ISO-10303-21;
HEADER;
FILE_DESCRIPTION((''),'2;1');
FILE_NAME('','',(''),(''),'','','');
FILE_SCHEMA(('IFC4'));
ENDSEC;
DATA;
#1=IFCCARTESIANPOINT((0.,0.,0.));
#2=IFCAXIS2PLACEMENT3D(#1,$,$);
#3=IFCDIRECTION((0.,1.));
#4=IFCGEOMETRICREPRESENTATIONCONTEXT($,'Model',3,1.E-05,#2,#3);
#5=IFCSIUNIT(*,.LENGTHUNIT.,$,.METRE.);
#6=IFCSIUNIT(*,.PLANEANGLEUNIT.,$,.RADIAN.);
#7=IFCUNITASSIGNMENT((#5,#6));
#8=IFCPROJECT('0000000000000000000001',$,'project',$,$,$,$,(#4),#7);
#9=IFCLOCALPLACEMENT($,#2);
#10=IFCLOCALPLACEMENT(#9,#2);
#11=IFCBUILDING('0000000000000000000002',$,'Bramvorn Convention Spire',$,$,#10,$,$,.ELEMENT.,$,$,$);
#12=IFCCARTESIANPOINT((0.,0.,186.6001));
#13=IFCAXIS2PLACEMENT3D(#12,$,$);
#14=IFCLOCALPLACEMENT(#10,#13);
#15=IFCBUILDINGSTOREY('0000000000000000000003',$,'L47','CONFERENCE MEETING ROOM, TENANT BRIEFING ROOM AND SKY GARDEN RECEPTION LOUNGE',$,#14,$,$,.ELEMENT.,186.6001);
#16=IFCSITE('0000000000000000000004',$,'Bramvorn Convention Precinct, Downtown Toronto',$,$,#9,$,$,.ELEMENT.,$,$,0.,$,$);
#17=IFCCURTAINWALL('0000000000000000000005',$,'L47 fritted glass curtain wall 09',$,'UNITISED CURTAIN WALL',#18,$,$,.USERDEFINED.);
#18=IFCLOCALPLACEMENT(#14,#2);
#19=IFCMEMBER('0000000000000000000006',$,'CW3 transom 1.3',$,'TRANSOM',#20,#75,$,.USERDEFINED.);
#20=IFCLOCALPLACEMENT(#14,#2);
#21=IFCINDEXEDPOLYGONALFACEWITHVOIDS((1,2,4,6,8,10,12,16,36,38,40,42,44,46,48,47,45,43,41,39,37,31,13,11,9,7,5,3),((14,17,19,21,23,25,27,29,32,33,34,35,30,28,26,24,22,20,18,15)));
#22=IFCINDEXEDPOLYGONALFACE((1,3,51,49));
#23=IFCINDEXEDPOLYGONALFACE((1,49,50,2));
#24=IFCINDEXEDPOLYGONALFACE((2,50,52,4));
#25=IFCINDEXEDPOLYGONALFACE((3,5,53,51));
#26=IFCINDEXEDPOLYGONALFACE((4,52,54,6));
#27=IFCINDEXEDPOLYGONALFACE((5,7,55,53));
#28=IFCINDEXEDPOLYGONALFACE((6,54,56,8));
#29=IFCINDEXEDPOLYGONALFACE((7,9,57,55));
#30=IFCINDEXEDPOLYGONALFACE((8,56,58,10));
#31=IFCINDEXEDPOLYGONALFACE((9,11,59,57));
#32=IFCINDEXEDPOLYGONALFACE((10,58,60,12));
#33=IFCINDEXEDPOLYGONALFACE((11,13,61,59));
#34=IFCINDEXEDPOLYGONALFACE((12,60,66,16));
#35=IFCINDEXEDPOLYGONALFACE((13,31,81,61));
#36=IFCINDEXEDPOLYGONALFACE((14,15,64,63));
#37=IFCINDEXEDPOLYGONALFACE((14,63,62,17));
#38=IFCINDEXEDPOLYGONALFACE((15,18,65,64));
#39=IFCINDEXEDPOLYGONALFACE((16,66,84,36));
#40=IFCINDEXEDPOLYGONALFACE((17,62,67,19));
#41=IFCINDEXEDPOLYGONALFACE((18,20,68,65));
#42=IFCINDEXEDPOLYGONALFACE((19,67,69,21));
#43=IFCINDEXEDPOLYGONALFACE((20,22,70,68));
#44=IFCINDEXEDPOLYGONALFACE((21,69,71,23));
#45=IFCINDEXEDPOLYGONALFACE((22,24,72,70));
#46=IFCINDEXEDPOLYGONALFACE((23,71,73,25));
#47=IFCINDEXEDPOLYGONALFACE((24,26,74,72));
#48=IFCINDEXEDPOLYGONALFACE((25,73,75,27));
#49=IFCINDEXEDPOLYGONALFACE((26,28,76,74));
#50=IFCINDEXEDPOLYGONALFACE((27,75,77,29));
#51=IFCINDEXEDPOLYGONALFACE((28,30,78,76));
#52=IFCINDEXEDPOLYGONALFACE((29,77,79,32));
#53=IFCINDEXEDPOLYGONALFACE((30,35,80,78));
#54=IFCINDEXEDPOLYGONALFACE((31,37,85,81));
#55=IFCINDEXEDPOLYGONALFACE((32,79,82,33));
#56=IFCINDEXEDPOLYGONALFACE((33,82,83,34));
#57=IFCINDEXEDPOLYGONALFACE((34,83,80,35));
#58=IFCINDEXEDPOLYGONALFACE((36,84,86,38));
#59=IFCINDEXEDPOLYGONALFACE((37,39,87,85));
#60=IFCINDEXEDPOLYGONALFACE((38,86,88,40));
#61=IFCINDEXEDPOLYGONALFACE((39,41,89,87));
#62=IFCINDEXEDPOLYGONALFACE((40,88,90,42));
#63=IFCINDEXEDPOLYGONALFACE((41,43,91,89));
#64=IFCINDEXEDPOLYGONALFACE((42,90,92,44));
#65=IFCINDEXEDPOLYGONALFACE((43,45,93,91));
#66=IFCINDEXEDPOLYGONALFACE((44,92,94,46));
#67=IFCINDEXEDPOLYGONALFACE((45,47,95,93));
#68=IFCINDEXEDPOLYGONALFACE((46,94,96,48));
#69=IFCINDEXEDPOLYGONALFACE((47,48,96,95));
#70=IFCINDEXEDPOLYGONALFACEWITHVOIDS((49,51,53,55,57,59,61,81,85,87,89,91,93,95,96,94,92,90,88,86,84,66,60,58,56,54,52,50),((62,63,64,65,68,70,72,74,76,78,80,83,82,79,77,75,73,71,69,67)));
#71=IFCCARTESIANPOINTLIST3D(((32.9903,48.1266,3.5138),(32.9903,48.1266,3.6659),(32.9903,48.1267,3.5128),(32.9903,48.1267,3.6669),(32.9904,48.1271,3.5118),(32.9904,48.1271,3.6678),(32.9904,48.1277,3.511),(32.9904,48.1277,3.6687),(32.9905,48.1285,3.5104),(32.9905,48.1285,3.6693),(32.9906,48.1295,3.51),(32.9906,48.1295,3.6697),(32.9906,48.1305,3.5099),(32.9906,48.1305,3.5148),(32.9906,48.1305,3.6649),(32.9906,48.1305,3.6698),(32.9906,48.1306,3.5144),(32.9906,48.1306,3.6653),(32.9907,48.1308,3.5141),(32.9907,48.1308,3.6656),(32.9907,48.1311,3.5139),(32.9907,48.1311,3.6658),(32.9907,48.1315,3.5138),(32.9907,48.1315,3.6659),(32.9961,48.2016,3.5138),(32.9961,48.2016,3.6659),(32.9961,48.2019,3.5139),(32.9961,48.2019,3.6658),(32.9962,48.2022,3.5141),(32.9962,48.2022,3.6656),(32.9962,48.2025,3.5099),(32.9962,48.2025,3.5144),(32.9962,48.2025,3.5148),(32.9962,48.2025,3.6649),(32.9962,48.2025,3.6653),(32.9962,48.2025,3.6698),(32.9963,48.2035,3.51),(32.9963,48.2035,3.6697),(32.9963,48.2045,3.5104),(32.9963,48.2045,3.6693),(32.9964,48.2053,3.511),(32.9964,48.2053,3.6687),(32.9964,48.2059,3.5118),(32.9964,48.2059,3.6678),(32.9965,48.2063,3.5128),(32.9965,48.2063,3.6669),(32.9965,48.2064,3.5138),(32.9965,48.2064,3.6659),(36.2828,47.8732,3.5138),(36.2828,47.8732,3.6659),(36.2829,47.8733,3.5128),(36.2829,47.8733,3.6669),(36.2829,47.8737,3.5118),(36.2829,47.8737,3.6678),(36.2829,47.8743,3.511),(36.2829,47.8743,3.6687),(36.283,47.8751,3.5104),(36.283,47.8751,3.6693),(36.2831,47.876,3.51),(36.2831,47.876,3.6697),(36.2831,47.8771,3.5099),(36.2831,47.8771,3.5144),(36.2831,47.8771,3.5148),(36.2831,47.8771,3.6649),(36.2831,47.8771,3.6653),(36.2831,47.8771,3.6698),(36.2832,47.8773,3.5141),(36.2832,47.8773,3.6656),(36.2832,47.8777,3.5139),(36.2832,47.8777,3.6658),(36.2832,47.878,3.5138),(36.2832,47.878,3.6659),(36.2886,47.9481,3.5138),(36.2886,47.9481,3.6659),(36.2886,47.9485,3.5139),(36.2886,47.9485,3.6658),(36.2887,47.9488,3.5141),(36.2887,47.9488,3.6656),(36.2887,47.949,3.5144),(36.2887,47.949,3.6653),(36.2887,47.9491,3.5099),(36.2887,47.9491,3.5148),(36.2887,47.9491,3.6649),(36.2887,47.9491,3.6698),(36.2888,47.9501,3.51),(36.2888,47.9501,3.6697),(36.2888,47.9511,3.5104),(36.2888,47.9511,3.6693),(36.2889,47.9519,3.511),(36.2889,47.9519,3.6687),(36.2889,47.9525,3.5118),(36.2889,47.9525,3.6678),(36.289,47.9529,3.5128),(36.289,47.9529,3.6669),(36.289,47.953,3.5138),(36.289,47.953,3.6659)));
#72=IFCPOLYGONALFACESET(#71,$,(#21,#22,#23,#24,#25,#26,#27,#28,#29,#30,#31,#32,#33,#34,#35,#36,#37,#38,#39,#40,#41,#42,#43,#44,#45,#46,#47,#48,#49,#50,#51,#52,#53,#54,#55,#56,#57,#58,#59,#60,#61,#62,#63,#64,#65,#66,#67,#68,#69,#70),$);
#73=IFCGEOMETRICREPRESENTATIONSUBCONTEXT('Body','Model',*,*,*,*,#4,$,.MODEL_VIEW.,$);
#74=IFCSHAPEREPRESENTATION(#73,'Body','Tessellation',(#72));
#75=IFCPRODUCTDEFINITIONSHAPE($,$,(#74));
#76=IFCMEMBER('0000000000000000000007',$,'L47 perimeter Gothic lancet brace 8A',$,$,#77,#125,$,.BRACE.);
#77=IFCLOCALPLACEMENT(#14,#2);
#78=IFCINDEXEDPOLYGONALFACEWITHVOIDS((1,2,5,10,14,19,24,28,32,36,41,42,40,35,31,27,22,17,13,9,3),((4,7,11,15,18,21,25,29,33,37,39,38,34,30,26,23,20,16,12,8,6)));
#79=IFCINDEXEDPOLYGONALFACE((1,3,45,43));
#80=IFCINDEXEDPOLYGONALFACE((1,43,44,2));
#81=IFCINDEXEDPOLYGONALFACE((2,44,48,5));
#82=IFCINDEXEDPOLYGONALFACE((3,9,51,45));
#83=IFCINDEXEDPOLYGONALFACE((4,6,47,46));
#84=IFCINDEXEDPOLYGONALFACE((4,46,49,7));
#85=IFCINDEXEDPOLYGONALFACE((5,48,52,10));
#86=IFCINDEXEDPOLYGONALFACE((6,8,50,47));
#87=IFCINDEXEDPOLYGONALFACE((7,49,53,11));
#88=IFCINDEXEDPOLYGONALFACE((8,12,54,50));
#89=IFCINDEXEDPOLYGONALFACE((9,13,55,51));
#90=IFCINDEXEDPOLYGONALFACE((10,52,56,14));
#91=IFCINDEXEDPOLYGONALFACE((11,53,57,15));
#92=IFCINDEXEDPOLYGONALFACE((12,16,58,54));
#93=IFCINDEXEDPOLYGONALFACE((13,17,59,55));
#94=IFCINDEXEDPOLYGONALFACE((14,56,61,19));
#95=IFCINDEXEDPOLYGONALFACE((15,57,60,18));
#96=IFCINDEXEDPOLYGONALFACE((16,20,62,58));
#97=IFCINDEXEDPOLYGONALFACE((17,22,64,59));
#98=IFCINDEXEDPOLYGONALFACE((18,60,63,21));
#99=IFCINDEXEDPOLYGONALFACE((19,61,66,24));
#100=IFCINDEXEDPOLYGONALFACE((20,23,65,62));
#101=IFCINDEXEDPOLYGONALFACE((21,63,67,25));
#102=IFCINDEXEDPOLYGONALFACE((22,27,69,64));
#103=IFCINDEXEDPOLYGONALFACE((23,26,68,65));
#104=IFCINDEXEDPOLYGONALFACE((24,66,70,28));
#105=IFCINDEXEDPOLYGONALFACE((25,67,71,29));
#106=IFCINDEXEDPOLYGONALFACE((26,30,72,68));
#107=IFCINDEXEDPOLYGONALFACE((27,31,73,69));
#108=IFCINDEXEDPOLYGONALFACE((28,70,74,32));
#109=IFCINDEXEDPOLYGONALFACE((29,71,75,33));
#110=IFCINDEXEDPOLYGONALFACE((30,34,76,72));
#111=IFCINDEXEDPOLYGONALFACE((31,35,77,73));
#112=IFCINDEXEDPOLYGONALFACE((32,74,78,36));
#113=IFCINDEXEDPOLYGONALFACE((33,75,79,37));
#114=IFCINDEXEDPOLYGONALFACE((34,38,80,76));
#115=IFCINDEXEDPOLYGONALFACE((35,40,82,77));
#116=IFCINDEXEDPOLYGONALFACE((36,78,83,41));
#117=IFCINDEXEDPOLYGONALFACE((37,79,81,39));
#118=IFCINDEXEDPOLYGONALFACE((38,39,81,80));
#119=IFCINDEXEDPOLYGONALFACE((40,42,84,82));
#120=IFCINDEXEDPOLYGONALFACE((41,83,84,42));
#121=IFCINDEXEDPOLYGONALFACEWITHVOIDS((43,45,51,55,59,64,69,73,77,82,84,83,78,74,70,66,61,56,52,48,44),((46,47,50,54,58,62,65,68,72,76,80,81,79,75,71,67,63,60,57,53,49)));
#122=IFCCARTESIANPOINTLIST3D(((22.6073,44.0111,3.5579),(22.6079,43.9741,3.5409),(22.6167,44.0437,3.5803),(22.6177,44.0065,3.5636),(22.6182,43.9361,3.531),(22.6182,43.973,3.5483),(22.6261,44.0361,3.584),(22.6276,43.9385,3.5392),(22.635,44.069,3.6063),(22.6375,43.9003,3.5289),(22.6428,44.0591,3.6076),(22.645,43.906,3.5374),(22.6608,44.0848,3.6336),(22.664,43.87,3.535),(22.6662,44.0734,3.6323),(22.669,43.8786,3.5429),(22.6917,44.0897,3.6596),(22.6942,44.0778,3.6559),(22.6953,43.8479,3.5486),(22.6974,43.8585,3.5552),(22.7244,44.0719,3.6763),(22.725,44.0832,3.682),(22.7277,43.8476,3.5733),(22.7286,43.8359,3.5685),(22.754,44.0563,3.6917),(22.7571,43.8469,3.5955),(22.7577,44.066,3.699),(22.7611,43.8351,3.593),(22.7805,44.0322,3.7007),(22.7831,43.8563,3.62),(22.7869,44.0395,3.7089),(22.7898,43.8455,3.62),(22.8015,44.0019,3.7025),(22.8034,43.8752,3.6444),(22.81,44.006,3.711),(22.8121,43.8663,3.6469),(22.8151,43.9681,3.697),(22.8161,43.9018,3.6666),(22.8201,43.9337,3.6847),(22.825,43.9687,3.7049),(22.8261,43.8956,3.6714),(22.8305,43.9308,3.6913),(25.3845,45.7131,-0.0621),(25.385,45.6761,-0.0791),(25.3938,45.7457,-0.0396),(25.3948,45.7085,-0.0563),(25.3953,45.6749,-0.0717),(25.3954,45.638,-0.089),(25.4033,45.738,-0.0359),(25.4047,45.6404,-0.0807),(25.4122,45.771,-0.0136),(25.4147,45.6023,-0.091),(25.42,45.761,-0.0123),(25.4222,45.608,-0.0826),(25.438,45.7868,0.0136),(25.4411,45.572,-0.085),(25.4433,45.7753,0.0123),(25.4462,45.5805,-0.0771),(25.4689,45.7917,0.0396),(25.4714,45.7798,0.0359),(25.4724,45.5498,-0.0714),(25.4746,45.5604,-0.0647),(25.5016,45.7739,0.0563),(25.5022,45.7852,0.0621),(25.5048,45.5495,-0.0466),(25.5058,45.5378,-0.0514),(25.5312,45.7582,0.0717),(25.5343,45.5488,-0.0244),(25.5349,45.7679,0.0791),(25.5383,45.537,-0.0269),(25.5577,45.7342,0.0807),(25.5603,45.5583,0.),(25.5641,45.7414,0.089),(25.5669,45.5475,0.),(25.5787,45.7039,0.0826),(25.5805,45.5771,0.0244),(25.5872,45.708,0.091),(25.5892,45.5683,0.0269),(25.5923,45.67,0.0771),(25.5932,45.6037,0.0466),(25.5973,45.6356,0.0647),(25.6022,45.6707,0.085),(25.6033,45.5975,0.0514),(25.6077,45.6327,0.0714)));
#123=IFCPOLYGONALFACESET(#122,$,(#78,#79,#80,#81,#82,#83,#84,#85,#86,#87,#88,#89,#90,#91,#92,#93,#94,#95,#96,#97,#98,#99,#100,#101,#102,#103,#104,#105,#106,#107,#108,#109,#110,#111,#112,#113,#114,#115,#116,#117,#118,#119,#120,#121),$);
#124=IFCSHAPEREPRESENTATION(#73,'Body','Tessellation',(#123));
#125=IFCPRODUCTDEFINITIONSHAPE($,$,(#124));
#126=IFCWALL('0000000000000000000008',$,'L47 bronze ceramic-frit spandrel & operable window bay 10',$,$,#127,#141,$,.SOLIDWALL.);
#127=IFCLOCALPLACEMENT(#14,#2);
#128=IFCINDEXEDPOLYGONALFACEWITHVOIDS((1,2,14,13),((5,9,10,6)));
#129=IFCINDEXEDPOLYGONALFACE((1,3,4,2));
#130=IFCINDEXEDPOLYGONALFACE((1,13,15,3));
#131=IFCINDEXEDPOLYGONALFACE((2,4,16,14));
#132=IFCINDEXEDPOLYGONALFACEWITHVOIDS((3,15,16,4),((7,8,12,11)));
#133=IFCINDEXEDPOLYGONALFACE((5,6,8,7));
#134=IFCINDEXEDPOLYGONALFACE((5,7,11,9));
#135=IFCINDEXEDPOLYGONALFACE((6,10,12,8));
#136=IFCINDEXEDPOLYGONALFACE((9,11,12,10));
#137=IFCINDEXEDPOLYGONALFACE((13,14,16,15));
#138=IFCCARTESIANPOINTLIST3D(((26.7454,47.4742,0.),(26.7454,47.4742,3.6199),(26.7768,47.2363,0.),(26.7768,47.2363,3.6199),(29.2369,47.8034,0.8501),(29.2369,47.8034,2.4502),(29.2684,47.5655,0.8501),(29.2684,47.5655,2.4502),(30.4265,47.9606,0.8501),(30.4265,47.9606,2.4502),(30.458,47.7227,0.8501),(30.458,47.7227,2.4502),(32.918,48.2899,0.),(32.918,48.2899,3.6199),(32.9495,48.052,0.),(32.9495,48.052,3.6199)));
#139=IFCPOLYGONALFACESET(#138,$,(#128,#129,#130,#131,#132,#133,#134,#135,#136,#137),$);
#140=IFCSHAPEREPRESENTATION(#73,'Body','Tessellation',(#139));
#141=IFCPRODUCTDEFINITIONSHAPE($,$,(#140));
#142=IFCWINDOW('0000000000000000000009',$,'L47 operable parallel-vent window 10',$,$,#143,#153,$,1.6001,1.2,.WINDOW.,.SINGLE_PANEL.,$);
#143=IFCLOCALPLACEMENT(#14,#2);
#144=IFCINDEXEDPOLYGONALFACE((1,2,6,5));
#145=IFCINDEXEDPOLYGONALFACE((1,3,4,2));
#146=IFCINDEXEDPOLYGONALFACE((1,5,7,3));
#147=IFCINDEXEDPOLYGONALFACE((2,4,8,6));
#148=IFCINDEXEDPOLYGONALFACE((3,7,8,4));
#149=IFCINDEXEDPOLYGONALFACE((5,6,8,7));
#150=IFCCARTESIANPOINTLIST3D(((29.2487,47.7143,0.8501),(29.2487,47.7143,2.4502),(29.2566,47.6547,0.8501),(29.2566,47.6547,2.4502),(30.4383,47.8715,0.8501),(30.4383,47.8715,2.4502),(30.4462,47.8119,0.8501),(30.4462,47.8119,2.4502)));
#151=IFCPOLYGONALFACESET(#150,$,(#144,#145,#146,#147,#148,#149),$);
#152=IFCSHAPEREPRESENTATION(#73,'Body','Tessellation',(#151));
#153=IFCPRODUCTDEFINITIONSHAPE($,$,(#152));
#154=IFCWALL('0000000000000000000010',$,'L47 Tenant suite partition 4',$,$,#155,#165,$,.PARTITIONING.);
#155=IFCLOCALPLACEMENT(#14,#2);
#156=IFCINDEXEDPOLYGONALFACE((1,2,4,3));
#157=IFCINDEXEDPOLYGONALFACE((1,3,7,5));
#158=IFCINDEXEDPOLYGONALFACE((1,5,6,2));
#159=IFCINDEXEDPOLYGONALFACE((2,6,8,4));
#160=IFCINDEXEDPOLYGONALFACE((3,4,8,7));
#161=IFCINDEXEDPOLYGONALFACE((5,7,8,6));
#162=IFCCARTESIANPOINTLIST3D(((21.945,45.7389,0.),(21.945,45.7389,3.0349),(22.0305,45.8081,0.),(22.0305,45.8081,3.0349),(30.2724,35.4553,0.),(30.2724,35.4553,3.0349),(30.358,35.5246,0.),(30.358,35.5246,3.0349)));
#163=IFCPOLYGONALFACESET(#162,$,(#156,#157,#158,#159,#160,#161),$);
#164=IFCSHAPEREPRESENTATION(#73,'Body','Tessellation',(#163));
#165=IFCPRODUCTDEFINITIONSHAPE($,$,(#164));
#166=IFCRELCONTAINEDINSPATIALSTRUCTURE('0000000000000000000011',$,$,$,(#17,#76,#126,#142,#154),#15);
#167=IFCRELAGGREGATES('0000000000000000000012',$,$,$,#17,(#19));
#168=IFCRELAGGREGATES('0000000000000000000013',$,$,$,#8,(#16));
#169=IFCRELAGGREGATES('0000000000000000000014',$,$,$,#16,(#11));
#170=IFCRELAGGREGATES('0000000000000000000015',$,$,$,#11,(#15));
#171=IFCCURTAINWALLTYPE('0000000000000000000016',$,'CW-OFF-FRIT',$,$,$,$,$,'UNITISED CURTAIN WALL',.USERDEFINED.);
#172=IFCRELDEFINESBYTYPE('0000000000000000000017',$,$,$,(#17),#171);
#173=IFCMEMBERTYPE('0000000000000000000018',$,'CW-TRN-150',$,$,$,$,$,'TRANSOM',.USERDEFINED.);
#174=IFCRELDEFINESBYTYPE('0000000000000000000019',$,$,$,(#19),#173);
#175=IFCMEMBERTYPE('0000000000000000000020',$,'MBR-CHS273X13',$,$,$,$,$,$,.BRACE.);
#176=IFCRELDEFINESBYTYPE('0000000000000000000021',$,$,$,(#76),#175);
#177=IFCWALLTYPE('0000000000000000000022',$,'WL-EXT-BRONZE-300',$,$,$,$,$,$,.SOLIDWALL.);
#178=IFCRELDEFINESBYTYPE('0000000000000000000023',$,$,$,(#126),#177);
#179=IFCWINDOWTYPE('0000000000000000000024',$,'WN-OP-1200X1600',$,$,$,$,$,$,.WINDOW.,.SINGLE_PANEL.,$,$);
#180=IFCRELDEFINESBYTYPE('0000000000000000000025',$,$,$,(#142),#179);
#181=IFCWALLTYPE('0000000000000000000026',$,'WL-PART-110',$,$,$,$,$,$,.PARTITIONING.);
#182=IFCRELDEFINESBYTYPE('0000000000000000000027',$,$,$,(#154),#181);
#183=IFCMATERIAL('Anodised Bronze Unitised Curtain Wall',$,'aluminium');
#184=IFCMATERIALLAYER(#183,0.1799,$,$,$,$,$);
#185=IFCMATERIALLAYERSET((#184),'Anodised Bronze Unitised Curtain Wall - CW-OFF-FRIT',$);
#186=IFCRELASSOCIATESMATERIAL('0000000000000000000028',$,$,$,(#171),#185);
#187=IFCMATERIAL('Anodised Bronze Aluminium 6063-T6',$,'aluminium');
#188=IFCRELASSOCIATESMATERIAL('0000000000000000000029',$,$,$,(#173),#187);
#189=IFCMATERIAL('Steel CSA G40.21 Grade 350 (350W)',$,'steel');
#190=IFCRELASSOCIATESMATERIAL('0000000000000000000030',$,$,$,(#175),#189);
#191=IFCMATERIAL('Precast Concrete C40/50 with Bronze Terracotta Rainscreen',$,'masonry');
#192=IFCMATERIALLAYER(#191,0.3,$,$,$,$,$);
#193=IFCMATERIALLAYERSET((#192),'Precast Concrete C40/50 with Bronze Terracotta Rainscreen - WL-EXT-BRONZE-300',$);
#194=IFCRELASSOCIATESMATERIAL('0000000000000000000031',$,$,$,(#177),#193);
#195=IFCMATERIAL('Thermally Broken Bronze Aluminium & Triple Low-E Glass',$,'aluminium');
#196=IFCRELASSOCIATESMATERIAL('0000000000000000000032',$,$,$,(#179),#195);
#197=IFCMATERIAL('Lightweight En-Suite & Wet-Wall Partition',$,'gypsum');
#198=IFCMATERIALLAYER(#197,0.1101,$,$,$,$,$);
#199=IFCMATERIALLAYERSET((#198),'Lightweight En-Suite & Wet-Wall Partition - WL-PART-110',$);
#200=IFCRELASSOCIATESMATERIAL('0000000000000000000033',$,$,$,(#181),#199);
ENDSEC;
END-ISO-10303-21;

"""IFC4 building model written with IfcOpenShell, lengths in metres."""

from ifc_helpers import new_model, si_unit, direction, frame, frame_2d, origin, origin_2d, place, context, subcontext, project, spatial, rectangle, hollow_rectangle, hollow_circle, extrude, material, layer, layer_set, material_profile, profile_set, type_object, element, fill, aggregate, save


model = new_model("IFC4")

# Units and contexts
model_context = context("Model", 3, precision=1e-05, world=origin(), true_north=direction((0.0, 1.0)))
body_context = subcontext(model_context, "Body", "Model", "MODEL_VIEW")
ifc_project = project(units=[si_unit("LENGTHUNIT", "METRE"), si_unit("PLANEANGLEUNIT", "RADIAN")], contexts=[model_context])

# Site, building, storey
site_placement = place(None, origin())
site = spatial("IfcSite", under=ifc_project, at=site_placement, Name="Bramvorn Convention Precinct, Downtown Toronto", CompositionType="ELEMENT", RefElevation=0.0)
building_placement = place(site_placement, origin())
building = spatial("IfcBuilding", under=site, at=building_placement, Name="Bramvorn Convention Spire", CompositionType="ELEMENT")
storey_placement = place(building_placement, frame((0.0, 0.0, 186.6001)))
storey = spatial("IfcBuildingStorey", under=building, at=storey_placement, Name="L47", Description="CONFERENCE MEETING ROOM, TENANT BRIEFING ROOM AND SKY GARDEN RECEPTION LOUNGE", CompositionType="ELEMENT", Elevation=186.6001)

# Shared definitions
ifc_material_1 = material(Name="Steel CSA G40.21 Grade 350 (350W)", Category="steel")

# Curtain wall, member
ifc_material_2 = material(Name="Anodised Bronze Unitised Curtain Wall", Category="aluminium")
ifc_layer_1 = layer(ifc_material_2, 0.1799)
ifc_layer_set_1 = layer_set([ifc_layer_1], Name="Anodised Bronze Unitised Curtain Wall - CW-OFF-FRIT")
curtain_wall_type = type_object("IfcCurtainWallType", Name="CW-OFF-FRIT", ElementType="UNITISED CURTAIN WALL", PredefinedType="USERDEFINED", material=ifc_layer_set_1)
curtain_wall_placement = place(storey_placement, origin())
curtain_wall = element("IfcCurtainWall", 1, at=curtain_wall_placement, inside=storey, type_object=curtain_wall_type, Name="L47 fritted glass curtain wall 09", ObjectType="UNITISED CURTAIN WALL", PredefinedType="USERDEFINED")
ifc_material_3 = material(Name="Anodised Bronze Aluminium 6063-T6", Category="aluminium")
ifc_material_profile_1 = material_profile(ifc_material_3, hollow_rectangle(XDim=0.0801, YDim=0.1599, WallThickness=0.0039, InnerFilletRadius=0.001, OuterFilletRadius=0.0039, at=origin_2d()))
ifc_profile_set_1 = profile_set([ifc_material_profile_1], Name="Anodised Bronze Aluminium 6063-T6 - CWT80X160")
member_type_1 = type_object("IfcMemberType", Name="CW-TRN-150", ElementType="TRANSOM", PredefinedType="USERDEFINED", material=ifc_profile_set_1)
member_1_placement = place(storey_placement, frame((32.9934, 48.1665, 3.5898), z_axis=(0.997051, -0.076742, 0.0), x_axis=(0.076742, 0.997051, 0.0)))
member_1 = element("IfcMember", 2, at=member_1_placement, type_object=member_type_1, Name="CW3 transom 1.3", ObjectType="TRANSOM", PredefinedType="USERDEFINED", context=body_context, shape_type="SweptSolid", body=[
    extrude(hollow_rectangle(XDim=0.0801, YDim=0.1599, WallThickness=0.0039, InnerFilletRadius=0.001, OuterFilletRadius=0.0039, at=origin_2d()), origin(), (0.0, 0.0, 1.0), 3.3022),
])
aggregate(curtain_wall, [member_1])

# Member
ifc_material_profile_2 = material_profile(ifc_material_1, hollow_circle(Radius=0.1365, WallThickness=0.0127, at=origin_2d()))
ifc_profile_set_2 = profile_set([ifc_material_profile_2], Name="Steel CSA G40.21 Grade 350 (350W) - CHS273X13")
member_type_2 = type_object("IfcMemberType", Name="MBR-CHS273X13", PredefinedType="BRACE", material=ifc_profile_set_2)
member_2_placement = place(storey_placement, frame((25.4956, 45.6638, 0.0), z_axis=(-0.570302, -0.349501, 0.743373), x_axis=(0.52252, -0.852627, 0.0)))
element("IfcMember", 3, at=member_2_placement, inside=storey, type_object=member_type_2, Name="L47 perimeter Gothic lancet brace 8A", PredefinedType="BRACE", context=body_context, shape_type="SweptSolid", body=[
    extrude(hollow_circle(Radius=0.1365, WallThickness=0.0127, at=origin_2d()), origin(), (0.0, 0.0, 1.0), 4.8696),
])

# Wall, opening, window
ifc_material_4 = material(Name="Precast Concrete C40/50 with Bronze Terracotta Rainscreen", Category="masonry")
ifc_layer_2 = layer(ifc_material_4, 0.3)
ifc_layer_set_2 = layer_set([ifc_layer_2], Name="Precast Concrete C40/50 with Bronze Terracotta Rainscreen - WL-EXT-BRONZE-300")
wall_type_1 = type_object("IfcWallType", Name="WL-EXT-BRONZE-300", PredefinedType="SOLIDWALL", material=ifc_layer_set_2)
wall_1_placement = place(storey_placement, frame((26.761, 47.3552, 0.0), z_axis=(0.0, 0.0, 1.0), x_axis=(0.991382, 0.131005, 0.0)))
wall_1 = element("IfcWall", 4, at=wall_1_placement, inside=storey, type_object=wall_type_1, Name="L47 bronze ceramic-frit spandrel & operable window bay 10", PredefinedType="SOLIDWALL", context=body_context, shape_type="SweptSolid", body=[
    extrude(rectangle(XDim=6.2263, YDim=0.24, at=frame_2d((3.1133, 0.0))), origin(), (0.0, 0.0, 1.0), 3.6199),
])
opening_1_placement = place(wall_1_placement, frame((2.5132, 0.0, 0.8501)))
opening_1 = element("IfcOpeningElement", 5, at=opening_1_placement, cuts=wall_1, PredefinedType="OPENING", context=body_context, shape_type="SweptSolid", body=[
    extrude(rectangle(XDim=1.2, YDim=1.6001, at=frame_2d((0.6001, 0.8))), frame((0.0, 0.1299, 0.0), z_axis=(0.0, -1.0, 0.0), x_axis=(1.0, 0.0, 0.0)), (0.0, 0.0, 1.0), 0.26),
])
ifc_material_5 = material(Name="Thermally Broken Bronze Aluminium & Triple Low-E Glass", Category="aluminium")
window_type = type_object("IfcWindowType", Name="WN-OP-1200X1600", PartitioningType="SINGLE_PANEL", PredefinedType="WINDOW", material=ifc_material_5)
window_placement = place(opening_1_placement, origin())
window = element("IfcWindow", 6, at=window_placement, inside=storey, type_object=window_type, Name="L47 operable parallel-vent window 10", OverallHeight=1.6001, OverallWidth=1.2, PartitioningType="SINGLE_PANEL", PredefinedType="WINDOW", context=body_context, shape_type="SweptSolid", body=[
    extrude(rectangle(XDim=1.2, YDim=1.6001, at=frame_2d((0.6001, 0.8))), frame((0.0, 0.03, 0.0), z_axis=(0.0, -1.0, 0.0), x_axis=(1.0, 0.0, 0.0)), (0.0, 0.0, 1.0), 0.0601),
])
fill(opening_1, window)

# Wall
ifc_material_6 = material(Name="Lightweight En-Suite & Wet-Wall Partition", Category="gypsum")
ifc_layer_3 = layer(ifc_material_6, 0.1101)
ifc_layer_set_3 = layer_set([ifc_layer_3], Name="Lightweight En-Suite & Wet-Wall Partition - WL-PART-110")
wall_type_2 = type_object("IfcWallType", Name="WL-PART-110", PredefinedType="PARTITIONING", material=ifc_layer_set_3)
wall_2_placement = place(storey_placement, frame((30.3152, 35.49, 0.0), z_axis=(0.0, 0.0, 1.0), x_axis=(-0.629321, 0.777145, 0.0)))
element("IfcWall", 7, at=wall_2_placement, inside=storey, type_object=wall_type_2, Name="L47 Tenant suite partition 4", PredefinedType="PARTITIONING", context=body_context, shape_type="SweptSolid", body=[
    extrude(rectangle(XDim=13.2324, YDim=0.1101, at=frame_2d((6.6162, 0.0))), origin(), (0.0, 0.0, 1.0), 3.0349),
])

save(model, "model.ifc")
